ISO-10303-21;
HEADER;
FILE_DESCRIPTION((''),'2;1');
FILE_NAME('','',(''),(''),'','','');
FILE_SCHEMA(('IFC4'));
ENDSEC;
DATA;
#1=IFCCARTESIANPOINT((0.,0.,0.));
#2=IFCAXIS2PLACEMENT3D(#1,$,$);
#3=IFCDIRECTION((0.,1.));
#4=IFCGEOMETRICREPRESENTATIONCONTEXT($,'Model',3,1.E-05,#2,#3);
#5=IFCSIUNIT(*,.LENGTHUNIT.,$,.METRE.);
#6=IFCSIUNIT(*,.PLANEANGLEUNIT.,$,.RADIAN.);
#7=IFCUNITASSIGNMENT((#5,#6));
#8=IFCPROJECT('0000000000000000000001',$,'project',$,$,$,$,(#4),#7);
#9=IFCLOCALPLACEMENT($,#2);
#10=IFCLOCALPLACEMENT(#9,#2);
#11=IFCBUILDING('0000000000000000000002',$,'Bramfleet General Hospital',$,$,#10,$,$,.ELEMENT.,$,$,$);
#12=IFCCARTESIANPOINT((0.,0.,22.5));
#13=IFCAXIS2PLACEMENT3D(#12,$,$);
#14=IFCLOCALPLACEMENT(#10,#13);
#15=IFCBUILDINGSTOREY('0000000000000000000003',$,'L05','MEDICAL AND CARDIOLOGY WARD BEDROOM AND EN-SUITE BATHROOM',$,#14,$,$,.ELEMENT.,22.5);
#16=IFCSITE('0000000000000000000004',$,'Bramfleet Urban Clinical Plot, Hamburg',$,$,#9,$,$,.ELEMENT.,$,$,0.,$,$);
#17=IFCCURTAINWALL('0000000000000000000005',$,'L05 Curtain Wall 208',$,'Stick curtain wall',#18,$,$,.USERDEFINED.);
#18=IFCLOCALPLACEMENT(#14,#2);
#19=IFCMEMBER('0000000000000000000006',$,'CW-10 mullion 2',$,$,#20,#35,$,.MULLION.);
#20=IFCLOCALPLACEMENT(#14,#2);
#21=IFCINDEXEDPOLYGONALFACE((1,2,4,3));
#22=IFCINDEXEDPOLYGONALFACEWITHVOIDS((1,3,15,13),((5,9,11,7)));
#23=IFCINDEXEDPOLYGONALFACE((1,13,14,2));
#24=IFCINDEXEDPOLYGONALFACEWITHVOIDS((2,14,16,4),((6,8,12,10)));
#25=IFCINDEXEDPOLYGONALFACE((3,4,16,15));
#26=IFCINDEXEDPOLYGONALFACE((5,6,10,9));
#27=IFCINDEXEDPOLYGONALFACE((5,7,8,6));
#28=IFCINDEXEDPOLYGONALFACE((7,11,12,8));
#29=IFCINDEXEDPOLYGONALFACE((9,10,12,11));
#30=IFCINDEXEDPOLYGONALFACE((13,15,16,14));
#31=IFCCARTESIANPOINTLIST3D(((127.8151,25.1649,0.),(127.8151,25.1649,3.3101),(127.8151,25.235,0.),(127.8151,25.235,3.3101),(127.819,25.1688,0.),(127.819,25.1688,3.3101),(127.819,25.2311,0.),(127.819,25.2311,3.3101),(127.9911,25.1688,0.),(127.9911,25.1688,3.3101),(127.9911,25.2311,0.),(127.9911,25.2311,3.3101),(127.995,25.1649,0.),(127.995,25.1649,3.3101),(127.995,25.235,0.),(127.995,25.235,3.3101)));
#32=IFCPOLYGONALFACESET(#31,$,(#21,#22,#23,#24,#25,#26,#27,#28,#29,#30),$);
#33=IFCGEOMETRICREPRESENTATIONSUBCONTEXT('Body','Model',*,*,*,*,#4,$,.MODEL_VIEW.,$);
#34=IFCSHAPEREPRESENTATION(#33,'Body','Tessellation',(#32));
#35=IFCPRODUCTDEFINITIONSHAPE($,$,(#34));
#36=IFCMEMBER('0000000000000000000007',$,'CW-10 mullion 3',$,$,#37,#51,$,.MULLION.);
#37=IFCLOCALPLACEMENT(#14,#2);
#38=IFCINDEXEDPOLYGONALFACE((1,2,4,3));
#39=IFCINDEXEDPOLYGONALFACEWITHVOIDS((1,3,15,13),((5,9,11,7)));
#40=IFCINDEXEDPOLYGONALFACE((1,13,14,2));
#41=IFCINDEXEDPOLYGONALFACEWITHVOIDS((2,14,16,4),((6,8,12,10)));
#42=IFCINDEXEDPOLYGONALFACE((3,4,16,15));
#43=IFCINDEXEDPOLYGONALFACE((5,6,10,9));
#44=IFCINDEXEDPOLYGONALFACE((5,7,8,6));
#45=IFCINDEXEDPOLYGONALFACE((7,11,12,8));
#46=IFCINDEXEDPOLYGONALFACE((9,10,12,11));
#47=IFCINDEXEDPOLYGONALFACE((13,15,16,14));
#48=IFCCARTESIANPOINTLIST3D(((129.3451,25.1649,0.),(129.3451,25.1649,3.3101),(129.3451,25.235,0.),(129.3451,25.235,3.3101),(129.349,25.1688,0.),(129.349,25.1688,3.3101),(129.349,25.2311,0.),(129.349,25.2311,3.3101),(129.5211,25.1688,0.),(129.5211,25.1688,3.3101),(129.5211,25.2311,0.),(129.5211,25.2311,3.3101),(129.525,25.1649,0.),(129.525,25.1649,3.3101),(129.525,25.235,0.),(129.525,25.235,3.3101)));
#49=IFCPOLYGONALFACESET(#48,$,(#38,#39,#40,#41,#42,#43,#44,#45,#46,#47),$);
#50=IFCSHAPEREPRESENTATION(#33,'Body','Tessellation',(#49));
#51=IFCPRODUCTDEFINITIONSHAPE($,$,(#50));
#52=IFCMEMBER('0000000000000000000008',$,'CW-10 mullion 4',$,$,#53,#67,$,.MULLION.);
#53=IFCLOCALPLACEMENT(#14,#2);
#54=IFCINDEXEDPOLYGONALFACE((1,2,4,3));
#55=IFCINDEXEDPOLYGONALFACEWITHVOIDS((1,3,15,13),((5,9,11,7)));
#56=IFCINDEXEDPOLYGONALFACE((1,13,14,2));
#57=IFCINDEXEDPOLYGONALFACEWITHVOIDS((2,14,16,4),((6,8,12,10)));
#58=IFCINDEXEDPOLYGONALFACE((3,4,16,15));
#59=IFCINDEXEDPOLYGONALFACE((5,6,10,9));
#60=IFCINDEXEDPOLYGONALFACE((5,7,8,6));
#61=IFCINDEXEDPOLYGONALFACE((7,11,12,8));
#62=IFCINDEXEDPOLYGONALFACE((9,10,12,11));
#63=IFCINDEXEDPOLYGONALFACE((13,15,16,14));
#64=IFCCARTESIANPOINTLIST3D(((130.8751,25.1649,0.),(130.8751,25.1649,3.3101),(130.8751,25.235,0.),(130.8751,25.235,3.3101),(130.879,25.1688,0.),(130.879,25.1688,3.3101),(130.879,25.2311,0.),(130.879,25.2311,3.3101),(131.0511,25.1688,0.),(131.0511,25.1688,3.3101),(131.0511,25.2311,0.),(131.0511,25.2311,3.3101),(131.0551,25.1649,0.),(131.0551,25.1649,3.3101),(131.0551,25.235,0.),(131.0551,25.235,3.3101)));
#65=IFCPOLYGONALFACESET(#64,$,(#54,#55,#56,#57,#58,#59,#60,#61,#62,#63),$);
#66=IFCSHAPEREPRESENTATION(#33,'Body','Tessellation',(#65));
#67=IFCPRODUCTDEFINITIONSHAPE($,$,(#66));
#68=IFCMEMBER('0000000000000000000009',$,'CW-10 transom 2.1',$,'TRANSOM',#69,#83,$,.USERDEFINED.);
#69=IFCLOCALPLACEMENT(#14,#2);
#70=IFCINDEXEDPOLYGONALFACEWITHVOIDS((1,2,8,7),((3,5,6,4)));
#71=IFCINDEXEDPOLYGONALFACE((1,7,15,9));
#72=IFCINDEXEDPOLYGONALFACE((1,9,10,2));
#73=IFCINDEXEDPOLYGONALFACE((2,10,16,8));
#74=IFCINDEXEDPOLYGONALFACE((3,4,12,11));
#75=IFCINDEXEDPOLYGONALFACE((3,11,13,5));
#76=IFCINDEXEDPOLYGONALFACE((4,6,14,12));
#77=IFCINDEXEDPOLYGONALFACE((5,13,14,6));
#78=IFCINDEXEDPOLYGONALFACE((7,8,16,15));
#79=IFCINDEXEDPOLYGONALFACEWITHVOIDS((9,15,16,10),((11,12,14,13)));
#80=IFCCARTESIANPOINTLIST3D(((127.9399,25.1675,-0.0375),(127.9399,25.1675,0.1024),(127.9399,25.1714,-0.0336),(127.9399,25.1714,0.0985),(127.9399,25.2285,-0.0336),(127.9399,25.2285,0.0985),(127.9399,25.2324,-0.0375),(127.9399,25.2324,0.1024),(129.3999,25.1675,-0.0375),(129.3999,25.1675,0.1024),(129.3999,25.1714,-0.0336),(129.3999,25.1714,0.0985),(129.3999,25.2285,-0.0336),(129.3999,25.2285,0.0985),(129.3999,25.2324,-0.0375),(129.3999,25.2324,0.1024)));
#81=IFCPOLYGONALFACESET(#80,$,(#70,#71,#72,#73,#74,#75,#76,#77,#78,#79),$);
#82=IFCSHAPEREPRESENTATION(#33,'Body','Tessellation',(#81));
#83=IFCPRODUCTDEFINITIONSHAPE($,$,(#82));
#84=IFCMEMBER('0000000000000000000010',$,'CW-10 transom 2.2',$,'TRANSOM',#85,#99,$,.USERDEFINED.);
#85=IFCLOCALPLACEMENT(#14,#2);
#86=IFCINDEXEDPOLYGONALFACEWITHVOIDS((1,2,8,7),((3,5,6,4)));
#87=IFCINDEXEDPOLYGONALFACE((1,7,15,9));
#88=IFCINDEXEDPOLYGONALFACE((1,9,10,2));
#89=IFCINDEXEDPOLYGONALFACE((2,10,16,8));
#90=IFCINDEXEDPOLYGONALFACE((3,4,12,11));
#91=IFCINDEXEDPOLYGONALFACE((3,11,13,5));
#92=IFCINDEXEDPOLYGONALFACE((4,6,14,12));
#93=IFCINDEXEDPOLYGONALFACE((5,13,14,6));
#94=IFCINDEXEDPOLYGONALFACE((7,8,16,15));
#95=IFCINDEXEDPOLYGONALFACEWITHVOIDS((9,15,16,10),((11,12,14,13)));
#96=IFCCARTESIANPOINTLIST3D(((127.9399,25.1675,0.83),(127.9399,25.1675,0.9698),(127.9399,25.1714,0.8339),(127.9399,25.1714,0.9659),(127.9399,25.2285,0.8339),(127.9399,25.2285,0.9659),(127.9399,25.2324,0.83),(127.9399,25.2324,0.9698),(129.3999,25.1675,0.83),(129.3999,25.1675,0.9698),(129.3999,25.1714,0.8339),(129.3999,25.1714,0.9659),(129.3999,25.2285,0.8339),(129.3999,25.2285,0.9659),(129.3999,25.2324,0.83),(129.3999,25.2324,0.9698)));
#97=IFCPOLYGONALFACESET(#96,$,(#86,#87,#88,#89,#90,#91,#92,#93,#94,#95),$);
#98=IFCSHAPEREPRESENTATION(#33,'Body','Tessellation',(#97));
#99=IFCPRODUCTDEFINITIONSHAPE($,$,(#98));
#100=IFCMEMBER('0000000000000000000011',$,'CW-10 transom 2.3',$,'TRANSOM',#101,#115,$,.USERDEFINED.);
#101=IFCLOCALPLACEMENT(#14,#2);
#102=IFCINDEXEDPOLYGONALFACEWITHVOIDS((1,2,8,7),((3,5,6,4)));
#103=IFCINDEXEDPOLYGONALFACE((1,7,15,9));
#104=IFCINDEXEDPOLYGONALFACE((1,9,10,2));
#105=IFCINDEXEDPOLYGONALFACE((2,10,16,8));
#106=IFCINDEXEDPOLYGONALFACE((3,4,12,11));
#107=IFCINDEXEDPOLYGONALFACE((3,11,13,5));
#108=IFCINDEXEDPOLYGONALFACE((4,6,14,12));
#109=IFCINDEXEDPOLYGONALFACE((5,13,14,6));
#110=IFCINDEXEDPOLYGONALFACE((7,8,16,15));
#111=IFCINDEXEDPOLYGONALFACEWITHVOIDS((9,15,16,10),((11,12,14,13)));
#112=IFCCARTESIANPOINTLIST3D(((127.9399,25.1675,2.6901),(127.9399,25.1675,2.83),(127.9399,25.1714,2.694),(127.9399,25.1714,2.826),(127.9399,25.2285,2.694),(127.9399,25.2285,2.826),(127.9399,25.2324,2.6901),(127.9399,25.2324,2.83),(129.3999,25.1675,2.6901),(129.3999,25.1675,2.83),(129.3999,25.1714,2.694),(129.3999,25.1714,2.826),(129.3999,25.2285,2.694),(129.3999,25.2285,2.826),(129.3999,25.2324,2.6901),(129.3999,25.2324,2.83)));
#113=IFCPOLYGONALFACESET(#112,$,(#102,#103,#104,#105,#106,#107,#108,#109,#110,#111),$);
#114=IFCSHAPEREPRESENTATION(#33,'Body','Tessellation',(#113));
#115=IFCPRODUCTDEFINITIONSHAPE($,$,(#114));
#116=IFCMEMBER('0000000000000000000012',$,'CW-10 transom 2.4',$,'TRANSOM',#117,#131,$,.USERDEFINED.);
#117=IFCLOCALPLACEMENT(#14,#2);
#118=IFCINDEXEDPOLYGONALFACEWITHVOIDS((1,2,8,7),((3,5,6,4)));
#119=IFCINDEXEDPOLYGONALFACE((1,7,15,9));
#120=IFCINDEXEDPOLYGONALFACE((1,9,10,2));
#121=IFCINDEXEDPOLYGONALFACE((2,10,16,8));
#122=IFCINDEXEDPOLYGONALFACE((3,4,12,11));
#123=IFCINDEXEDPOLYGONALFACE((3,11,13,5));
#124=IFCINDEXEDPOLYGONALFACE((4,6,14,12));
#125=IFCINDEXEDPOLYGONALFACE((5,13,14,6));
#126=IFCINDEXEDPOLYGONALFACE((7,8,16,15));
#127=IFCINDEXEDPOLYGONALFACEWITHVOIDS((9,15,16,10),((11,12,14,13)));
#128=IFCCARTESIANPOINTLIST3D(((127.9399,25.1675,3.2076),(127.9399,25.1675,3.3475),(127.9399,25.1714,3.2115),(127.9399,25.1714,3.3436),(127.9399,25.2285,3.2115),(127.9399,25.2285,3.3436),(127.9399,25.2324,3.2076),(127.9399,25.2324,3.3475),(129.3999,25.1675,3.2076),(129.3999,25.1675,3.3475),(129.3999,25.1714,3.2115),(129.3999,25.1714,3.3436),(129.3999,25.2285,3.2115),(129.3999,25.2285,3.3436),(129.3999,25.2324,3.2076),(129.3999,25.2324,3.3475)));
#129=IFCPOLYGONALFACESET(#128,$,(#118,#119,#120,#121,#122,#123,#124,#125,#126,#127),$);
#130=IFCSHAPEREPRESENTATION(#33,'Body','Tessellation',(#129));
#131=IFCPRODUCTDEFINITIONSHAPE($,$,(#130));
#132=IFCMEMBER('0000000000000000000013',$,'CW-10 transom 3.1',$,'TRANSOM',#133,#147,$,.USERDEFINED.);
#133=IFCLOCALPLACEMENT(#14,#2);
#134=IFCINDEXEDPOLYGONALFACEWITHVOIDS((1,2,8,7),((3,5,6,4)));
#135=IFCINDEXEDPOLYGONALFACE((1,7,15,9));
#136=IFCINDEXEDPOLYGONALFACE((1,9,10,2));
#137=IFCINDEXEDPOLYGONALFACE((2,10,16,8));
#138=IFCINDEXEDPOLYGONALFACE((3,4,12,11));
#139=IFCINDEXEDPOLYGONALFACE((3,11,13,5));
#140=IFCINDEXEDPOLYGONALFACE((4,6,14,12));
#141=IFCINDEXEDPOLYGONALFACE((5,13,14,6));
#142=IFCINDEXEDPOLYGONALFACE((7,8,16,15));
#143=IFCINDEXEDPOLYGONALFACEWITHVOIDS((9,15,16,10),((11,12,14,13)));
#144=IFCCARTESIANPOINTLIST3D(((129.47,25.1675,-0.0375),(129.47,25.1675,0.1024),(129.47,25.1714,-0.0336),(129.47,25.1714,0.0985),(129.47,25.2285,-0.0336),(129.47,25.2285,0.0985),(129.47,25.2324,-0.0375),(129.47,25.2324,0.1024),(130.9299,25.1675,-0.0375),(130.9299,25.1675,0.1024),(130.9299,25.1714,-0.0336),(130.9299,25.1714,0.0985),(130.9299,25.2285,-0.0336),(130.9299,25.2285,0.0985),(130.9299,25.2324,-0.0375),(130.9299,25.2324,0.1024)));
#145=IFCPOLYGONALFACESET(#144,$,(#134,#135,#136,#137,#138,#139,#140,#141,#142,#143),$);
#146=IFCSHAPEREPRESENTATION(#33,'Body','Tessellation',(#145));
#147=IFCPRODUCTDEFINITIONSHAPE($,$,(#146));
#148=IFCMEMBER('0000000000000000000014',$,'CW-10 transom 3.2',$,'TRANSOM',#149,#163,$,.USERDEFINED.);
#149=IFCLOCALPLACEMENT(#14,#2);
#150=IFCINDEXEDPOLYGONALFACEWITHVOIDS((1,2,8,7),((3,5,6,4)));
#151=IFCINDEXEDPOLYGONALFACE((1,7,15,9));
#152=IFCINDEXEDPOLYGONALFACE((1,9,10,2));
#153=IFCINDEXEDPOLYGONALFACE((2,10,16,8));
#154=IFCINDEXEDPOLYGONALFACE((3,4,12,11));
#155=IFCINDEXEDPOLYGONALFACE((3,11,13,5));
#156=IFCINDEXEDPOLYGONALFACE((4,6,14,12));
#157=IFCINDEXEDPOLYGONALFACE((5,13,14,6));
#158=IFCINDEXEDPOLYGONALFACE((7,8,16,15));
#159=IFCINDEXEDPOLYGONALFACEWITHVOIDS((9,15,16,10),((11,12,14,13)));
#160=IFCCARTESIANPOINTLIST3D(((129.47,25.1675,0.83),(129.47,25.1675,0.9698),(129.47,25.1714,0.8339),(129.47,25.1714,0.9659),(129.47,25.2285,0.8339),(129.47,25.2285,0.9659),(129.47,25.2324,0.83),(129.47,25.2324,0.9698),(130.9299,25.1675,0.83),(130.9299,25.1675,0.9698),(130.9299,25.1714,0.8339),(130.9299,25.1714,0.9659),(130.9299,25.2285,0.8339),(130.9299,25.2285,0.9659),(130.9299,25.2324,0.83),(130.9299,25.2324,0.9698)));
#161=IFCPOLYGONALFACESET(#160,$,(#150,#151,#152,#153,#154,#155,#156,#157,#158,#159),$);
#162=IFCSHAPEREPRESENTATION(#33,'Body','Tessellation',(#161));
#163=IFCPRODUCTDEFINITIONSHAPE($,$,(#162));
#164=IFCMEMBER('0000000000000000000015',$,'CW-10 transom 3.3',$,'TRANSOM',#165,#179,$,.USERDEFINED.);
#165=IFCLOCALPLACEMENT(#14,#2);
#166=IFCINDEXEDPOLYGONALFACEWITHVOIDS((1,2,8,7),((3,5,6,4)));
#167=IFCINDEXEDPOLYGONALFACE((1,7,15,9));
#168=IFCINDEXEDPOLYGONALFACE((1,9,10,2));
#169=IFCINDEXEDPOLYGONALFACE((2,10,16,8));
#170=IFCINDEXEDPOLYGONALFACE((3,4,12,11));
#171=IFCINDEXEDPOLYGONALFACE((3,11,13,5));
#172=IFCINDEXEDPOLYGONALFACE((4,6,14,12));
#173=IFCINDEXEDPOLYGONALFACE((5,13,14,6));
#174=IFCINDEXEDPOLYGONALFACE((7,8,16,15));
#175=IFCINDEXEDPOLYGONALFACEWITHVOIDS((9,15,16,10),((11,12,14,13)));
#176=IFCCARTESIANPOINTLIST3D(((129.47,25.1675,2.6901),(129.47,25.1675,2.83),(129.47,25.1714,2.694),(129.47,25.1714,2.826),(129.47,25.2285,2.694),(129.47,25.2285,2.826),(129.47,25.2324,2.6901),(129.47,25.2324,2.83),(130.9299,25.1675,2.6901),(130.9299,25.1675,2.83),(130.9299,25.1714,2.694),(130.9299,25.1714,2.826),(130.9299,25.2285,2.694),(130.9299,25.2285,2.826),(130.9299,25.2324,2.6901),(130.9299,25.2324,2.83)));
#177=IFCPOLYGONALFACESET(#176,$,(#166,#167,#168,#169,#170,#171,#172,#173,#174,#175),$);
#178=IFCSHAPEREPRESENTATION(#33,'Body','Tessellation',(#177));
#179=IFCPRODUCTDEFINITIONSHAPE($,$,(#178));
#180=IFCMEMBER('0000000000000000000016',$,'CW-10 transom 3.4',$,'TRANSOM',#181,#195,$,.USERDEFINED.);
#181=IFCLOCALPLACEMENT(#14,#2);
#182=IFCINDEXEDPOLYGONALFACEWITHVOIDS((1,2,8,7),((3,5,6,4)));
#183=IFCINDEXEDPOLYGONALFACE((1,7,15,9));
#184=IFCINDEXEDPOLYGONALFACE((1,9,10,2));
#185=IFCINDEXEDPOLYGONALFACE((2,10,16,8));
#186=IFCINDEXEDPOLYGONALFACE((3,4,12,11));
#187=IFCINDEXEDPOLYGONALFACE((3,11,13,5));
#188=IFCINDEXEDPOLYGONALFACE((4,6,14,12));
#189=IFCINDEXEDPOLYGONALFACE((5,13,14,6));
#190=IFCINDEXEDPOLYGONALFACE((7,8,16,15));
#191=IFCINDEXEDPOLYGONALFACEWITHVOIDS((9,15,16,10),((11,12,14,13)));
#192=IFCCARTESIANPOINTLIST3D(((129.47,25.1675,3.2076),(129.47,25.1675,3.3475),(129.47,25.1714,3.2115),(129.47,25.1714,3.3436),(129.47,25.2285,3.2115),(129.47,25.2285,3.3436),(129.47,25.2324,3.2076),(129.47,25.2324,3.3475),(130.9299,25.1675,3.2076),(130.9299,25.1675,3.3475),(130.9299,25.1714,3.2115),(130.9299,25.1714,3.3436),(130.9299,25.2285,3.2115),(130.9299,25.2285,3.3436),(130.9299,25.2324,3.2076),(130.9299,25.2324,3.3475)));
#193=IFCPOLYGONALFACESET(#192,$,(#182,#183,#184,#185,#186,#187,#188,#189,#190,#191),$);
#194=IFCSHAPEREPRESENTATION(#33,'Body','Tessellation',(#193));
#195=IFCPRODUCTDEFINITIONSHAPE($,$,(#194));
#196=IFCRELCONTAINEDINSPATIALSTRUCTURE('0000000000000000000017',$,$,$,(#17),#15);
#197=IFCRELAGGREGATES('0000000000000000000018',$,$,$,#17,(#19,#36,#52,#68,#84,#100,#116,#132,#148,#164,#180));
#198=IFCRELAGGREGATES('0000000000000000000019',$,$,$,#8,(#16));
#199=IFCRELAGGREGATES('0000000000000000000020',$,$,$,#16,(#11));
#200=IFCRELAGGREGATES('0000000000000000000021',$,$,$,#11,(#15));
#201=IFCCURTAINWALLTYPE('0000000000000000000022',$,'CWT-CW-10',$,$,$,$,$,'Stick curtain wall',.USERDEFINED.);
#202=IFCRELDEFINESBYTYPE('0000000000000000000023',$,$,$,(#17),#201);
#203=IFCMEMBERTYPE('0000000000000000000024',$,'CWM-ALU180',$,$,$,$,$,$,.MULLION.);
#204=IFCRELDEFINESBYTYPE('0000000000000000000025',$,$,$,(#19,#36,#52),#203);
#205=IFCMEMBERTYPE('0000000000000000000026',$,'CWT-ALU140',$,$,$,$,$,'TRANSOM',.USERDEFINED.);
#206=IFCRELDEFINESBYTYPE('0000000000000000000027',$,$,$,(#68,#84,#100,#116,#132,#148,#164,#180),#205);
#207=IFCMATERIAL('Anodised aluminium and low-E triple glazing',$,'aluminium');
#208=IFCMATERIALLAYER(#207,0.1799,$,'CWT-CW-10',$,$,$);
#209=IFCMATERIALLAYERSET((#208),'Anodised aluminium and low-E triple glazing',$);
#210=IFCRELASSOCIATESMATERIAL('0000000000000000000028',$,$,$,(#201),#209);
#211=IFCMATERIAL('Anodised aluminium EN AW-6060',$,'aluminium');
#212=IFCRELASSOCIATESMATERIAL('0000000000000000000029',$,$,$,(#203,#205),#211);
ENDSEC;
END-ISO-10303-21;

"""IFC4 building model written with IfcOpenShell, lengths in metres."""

from ifc_helpers import new_model, si_unit, direction, frame, origin, origin_2d, place, context, subcontext, project, spatial, hollow_rectangle, extrude, material, layer, layer_set, material_profile, profile_set, type_object, element, aggregate, save


model = new_model("IFC4")

# Units and contexts
model_context = context("Model", 3, precision=1e-05, world=origin(), true_north=direction((0.0, 1.0)))
body_context = subcontext(model_context, "Body", "Model", "MODEL_VIEW")
ifc_project = project(units=[si_unit("LENGTHUNIT", "METRE"), si_unit("PLANEANGLEUNIT", "RADIAN")], contexts=[model_context])

# Site, building, storey
site_placement = place(None, origin())
site = spatial("IfcSite", under=ifc_project, at=site_placement, Name="Bramfleet Urban Clinical Plot, Hamburg", CompositionType="ELEMENT", RefElevation=0.0)
building_placement = place(site_placement, origin())
building = spatial("IfcBuilding", under=site, at=building_placement, Name="Bramfleet General Hospital", CompositionType="ELEMENT")
storey_placement = place(building_placement, frame((0.0, 0.0, 22.5)))
storey = spatial("IfcBuildingStorey", under=building, at=storey_placement, Name="L05", Description="MEDICAL AND CARDIOLOGY WARD BEDROOM AND EN-SUITE BATHROOM", CompositionType="ELEMENT", Elevation=22.5)

# Curtain wall, members
ifc_material_1 = material(Name="Anodised aluminium and low-E triple glazing", Category="aluminium")
ifc_layer_1 = layer(ifc_material_1, 0.1799, Name="CWT-CW-10")
ifc_layer_set_1 = layer_set([ifc_layer_1], Name="Anodised aluminium and low-E triple glazing")
curtain_wall_type = type_object("IfcCurtainWallType", Name="CWT-CW-10", ElementType="Stick curtain wall", PredefinedType="USERDEFINED", material=ifc_layer_set_1)
curtain_wall_placement = place(storey_placement, origin())
curtain_wall = element("IfcCurtainWall", 1, at=curtain_wall_placement, inside=storey, type_object=curtain_wall_type, Name="L05 Curtain Wall 208", ObjectType="Stick curtain wall", PredefinedType="USERDEFINED")
ifc_material_2 = material(Name="Anodised aluminium EN AW-6060", Category="aluminium")
ifc_material_profile_1 = material_profile(ifc_material_2, hollow_rectangle(XDim=0.0701, YDim=0.1799, WallThickness=0.0039, at=origin_2d()), Name="ALU 180x70x4.0")
ifc_profile_set_1 = profile_set([ifc_material_profile_1], Name="Anodised aluminium EN AW-6060")
member_type_1 = type_object("IfcMemberType", Name="CWM-ALU180", PredefinedType="MULLION", material=ifc_profile_set_1)
member_1_placement = place(storey_placement, frame((127.905, 25.2, 0.0), z_axis=(0.0, 0.0, 1.0), x_axis=(0.0, 1.0, 0.0)))
member_1 = element("IfcMember", 2, at=member_1_placement, type_object=member_type_1, Name="CW-10 mullion 2", PredefinedType="MULLION", context=body_context, shape_type="SweptSolid", body=[
    extrude(hollow_rectangle(XDim=0.0701, YDim=0.1799, WallThickness=0.0039, at=origin_2d()), origin(), (0.0, 0.0, 1.0), 3.3101),
])
member_2_placement = place(storey_placement, frame((129.4351, 25.2, 0.0), z_axis=(0.0, 0.0, 1.0), x_axis=(0.0, 1.0, 0.0)))
member_2 = element("IfcMember", 3, at=member_2_placement, type_object=member_type_1, Name="CW-10 mullion 3", PredefinedType="MULLION", context=body_context, shape_type="SweptSolid", body=[
    extrude(hollow_rectangle(XDim=0.0701, YDim=0.1799, WallThickness=0.0039, at=origin_2d()), origin(), (0.0, 0.0, 1.0), 3.3101),
])
member_3_placement = place(storey_placement, frame((130.9651, 25.2, 0.0), z_axis=(0.0, 0.0, 1.0), x_axis=(0.0, 1.0, 0.0)))
member_3 = element("IfcMember", 4, at=member_3_placement, type_object=member_type_1, Name="CW-10 mullion 4", PredefinedType="MULLION", context=body_context, shape_type="SweptSolid", body=[
    extrude(hollow_rectangle(XDim=0.0701, YDim=0.1799, WallThickness=0.0039, at=origin_2d()), origin(), (0.0, 0.0, 1.0), 3.3101),
])
ifc_material_profile_2 = material_profile(ifc_material_2, hollow_rectangle(XDim=0.0649, YDim=0.1399, WallThickness=0.0039, at=origin_2d()), Name="ALU 140x65x4.0")
ifc_profile_set_2 = profile_set([ifc_material_profile_2], Name="Anodised aluminium EN AW-6060")
member_type_2 = type_object("IfcMemberType", Name="CWT-ALU140", ElementType="TRANSOM", PredefinedType="USERDEFINED", material=ifc_profile_set_2)
member_4_placement = place(storey_placement, frame((127.9399, 25.2, 0.0325), z_axis=(1.0, 0.0, 0.0), x_axis=(0.0, 1.0, 0.0)))
member_4 = element("IfcMember", 5, at=member_4_placement, type_object=member_type_2, Name="CW-10 transom 2.1", ObjectType="TRANSOM", PredefinedType="USERDEFINED", context=body_context, shape_type="SweptSolid", body=[
    extrude(hollow_rectangle(XDim=0.0649, YDim=0.1399, WallThickness=0.0039, at=origin_2d()), origin(), (0.0, 0.0, 1.0), 1.46),
])
member_5_placement = place(storey_placement, frame((127.9399, 25.2, 0.8999), z_axis=(1.0, 0.0, 0.0), x_axis=(0.0, 1.0, 0.0)))
member_5 = element("IfcMember", 6, at=member_5_placement, type_object=member_type_2, Name="CW-10 transom 2.2", ObjectType="TRANSOM", PredefinedType="USERDEFINED", context=body_context, shape_type="SweptSolid", body=[
    extrude(hollow_rectangle(XDim=0.0649, YDim=0.1399, WallThickness=0.0039, at=origin_2d()), origin(), (0.0, 0.0, 1.0), 1.46),
])
member_6_placement = place(storey_placement, frame((127.9399, 25.2, 2.76), z_axis=(1.0, 0.0, 0.0), x_axis=(0.0, 1.0, 0.0)))
member_6 = element("IfcMember", 7, at=member_6_placement, type_object=member_type_2, Name="CW-10 transom 2.3", ObjectType="TRANSOM", PredefinedType="USERDEFINED", context=body_context, shape_type="SweptSolid", body=[
    extrude(hollow_rectangle(XDim=0.0649, YDim=0.1399, WallThickness=0.0039, at=origin_2d()), origin(), (0.0, 0.0, 1.0), 1.46),
])
member_7_placement = place(storey_placement, frame((127.9399, 25.2, 3.2776), z_axis=(1.0, 0.0, 0.0), x_axis=(0.0, 1.0, 0.0)))
member_7 = element("IfcMember", 8, at=member_7_placement, type_object=member_type_2, Name="CW-10 transom 2.4", ObjectType="TRANSOM", PredefinedType="USERDEFINED", context=body_context, shape_type="SweptSolid", body=[
    extrude(hollow_rectangle(XDim=0.0649, YDim=0.1399, WallThickness=0.0039, at=origin_2d()), origin(), (0.0, 0.0, 1.0), 1.46),
])
member_8_placement = place(storey_placement, frame((129.47, 25.2, 0.0325), z_axis=(1.0, 0.0, 0.0), x_axis=(0.0, 1.0, 0.0)))
member_8 = element("IfcMember", 9, at=member_8_placement, type_object=member_type_2, Name="CW-10 transom 3.1", ObjectType="TRANSOM", PredefinedType="USERDEFINED", context=body_context, shape_type="SweptSolid", body=[
    extrude(hollow_rectangle(XDim=0.0649, YDim=0.1399, WallThickness=0.0039, at=origin_2d()), origin(), (0.0, 0.0, 1.0), 1.46),
])
member_9_placement = place(storey_placement, frame((129.47, 25.2, 0.8999), z_axis=(1.0, 0.0, 0.0), x_axis=(0.0, 1.0, 0.0)))
member_9 = element("IfcMember", 10, at=member_9_placement, type_object=member_type_2, Name="CW-10 transom 3.2", ObjectType="TRANSOM", PredefinedType="USERDEFINED", context=body_context, shape_type="SweptSolid", body=[
    extrude(hollow_rectangle(XDim=0.0649, YDim=0.1399, WallThickness=0.0039, at=origin_2d()), origin(), (0.0, 0.0, 1.0), 1.46),
])
member_10_placement = place(storey_placement, frame((129.47, 25.2, 2.76), z_axis=(1.0, 0.0, 0.0), x_axis=(0.0, 1.0, 0.0)))
member_10 = element("IfcMember", 11, at=member_10_placement, type_object=member_type_2, Name="CW-10 transom 3.3", ObjectType="TRANSOM", PredefinedType="USERDEFINED", context=body_context, shape_type="SweptSolid", body=[
    extrude(hollow_rectangle(XDim=0.0649, YDim=0.1399, WallThickness=0.0039, at=origin_2d()), origin(), (0.0, 0.0, 1.0), 1.46),
])
member_11_placement = place(storey_placement, frame((129.47, 25.2, 3.2776), z_axis=(1.0, 0.0, 0.0), x_axis=(0.0, 1.0, 0.0)))
member_11 = element("IfcMember", 12, at=member_11_placement, type_object=member_type_2, Name="CW-10 transom 3.4", ObjectType="TRANSOM", PredefinedType="USERDEFINED", context=body_context, shape_type="SweptSolid", body=[
    extrude(hollow_rectangle(XDim=0.0649, YDim=0.1399, WallThickness=0.0039, at=origin_2d()), origin(), (0.0, 0.0, 1.0), 1.46),
])
aggregate(curtain_wall, [member_1, member_2, member_3, member_4, member_5, member_6, member_7, member_8, member_9, member_10, member_11])

save(model, "model.ifc")
